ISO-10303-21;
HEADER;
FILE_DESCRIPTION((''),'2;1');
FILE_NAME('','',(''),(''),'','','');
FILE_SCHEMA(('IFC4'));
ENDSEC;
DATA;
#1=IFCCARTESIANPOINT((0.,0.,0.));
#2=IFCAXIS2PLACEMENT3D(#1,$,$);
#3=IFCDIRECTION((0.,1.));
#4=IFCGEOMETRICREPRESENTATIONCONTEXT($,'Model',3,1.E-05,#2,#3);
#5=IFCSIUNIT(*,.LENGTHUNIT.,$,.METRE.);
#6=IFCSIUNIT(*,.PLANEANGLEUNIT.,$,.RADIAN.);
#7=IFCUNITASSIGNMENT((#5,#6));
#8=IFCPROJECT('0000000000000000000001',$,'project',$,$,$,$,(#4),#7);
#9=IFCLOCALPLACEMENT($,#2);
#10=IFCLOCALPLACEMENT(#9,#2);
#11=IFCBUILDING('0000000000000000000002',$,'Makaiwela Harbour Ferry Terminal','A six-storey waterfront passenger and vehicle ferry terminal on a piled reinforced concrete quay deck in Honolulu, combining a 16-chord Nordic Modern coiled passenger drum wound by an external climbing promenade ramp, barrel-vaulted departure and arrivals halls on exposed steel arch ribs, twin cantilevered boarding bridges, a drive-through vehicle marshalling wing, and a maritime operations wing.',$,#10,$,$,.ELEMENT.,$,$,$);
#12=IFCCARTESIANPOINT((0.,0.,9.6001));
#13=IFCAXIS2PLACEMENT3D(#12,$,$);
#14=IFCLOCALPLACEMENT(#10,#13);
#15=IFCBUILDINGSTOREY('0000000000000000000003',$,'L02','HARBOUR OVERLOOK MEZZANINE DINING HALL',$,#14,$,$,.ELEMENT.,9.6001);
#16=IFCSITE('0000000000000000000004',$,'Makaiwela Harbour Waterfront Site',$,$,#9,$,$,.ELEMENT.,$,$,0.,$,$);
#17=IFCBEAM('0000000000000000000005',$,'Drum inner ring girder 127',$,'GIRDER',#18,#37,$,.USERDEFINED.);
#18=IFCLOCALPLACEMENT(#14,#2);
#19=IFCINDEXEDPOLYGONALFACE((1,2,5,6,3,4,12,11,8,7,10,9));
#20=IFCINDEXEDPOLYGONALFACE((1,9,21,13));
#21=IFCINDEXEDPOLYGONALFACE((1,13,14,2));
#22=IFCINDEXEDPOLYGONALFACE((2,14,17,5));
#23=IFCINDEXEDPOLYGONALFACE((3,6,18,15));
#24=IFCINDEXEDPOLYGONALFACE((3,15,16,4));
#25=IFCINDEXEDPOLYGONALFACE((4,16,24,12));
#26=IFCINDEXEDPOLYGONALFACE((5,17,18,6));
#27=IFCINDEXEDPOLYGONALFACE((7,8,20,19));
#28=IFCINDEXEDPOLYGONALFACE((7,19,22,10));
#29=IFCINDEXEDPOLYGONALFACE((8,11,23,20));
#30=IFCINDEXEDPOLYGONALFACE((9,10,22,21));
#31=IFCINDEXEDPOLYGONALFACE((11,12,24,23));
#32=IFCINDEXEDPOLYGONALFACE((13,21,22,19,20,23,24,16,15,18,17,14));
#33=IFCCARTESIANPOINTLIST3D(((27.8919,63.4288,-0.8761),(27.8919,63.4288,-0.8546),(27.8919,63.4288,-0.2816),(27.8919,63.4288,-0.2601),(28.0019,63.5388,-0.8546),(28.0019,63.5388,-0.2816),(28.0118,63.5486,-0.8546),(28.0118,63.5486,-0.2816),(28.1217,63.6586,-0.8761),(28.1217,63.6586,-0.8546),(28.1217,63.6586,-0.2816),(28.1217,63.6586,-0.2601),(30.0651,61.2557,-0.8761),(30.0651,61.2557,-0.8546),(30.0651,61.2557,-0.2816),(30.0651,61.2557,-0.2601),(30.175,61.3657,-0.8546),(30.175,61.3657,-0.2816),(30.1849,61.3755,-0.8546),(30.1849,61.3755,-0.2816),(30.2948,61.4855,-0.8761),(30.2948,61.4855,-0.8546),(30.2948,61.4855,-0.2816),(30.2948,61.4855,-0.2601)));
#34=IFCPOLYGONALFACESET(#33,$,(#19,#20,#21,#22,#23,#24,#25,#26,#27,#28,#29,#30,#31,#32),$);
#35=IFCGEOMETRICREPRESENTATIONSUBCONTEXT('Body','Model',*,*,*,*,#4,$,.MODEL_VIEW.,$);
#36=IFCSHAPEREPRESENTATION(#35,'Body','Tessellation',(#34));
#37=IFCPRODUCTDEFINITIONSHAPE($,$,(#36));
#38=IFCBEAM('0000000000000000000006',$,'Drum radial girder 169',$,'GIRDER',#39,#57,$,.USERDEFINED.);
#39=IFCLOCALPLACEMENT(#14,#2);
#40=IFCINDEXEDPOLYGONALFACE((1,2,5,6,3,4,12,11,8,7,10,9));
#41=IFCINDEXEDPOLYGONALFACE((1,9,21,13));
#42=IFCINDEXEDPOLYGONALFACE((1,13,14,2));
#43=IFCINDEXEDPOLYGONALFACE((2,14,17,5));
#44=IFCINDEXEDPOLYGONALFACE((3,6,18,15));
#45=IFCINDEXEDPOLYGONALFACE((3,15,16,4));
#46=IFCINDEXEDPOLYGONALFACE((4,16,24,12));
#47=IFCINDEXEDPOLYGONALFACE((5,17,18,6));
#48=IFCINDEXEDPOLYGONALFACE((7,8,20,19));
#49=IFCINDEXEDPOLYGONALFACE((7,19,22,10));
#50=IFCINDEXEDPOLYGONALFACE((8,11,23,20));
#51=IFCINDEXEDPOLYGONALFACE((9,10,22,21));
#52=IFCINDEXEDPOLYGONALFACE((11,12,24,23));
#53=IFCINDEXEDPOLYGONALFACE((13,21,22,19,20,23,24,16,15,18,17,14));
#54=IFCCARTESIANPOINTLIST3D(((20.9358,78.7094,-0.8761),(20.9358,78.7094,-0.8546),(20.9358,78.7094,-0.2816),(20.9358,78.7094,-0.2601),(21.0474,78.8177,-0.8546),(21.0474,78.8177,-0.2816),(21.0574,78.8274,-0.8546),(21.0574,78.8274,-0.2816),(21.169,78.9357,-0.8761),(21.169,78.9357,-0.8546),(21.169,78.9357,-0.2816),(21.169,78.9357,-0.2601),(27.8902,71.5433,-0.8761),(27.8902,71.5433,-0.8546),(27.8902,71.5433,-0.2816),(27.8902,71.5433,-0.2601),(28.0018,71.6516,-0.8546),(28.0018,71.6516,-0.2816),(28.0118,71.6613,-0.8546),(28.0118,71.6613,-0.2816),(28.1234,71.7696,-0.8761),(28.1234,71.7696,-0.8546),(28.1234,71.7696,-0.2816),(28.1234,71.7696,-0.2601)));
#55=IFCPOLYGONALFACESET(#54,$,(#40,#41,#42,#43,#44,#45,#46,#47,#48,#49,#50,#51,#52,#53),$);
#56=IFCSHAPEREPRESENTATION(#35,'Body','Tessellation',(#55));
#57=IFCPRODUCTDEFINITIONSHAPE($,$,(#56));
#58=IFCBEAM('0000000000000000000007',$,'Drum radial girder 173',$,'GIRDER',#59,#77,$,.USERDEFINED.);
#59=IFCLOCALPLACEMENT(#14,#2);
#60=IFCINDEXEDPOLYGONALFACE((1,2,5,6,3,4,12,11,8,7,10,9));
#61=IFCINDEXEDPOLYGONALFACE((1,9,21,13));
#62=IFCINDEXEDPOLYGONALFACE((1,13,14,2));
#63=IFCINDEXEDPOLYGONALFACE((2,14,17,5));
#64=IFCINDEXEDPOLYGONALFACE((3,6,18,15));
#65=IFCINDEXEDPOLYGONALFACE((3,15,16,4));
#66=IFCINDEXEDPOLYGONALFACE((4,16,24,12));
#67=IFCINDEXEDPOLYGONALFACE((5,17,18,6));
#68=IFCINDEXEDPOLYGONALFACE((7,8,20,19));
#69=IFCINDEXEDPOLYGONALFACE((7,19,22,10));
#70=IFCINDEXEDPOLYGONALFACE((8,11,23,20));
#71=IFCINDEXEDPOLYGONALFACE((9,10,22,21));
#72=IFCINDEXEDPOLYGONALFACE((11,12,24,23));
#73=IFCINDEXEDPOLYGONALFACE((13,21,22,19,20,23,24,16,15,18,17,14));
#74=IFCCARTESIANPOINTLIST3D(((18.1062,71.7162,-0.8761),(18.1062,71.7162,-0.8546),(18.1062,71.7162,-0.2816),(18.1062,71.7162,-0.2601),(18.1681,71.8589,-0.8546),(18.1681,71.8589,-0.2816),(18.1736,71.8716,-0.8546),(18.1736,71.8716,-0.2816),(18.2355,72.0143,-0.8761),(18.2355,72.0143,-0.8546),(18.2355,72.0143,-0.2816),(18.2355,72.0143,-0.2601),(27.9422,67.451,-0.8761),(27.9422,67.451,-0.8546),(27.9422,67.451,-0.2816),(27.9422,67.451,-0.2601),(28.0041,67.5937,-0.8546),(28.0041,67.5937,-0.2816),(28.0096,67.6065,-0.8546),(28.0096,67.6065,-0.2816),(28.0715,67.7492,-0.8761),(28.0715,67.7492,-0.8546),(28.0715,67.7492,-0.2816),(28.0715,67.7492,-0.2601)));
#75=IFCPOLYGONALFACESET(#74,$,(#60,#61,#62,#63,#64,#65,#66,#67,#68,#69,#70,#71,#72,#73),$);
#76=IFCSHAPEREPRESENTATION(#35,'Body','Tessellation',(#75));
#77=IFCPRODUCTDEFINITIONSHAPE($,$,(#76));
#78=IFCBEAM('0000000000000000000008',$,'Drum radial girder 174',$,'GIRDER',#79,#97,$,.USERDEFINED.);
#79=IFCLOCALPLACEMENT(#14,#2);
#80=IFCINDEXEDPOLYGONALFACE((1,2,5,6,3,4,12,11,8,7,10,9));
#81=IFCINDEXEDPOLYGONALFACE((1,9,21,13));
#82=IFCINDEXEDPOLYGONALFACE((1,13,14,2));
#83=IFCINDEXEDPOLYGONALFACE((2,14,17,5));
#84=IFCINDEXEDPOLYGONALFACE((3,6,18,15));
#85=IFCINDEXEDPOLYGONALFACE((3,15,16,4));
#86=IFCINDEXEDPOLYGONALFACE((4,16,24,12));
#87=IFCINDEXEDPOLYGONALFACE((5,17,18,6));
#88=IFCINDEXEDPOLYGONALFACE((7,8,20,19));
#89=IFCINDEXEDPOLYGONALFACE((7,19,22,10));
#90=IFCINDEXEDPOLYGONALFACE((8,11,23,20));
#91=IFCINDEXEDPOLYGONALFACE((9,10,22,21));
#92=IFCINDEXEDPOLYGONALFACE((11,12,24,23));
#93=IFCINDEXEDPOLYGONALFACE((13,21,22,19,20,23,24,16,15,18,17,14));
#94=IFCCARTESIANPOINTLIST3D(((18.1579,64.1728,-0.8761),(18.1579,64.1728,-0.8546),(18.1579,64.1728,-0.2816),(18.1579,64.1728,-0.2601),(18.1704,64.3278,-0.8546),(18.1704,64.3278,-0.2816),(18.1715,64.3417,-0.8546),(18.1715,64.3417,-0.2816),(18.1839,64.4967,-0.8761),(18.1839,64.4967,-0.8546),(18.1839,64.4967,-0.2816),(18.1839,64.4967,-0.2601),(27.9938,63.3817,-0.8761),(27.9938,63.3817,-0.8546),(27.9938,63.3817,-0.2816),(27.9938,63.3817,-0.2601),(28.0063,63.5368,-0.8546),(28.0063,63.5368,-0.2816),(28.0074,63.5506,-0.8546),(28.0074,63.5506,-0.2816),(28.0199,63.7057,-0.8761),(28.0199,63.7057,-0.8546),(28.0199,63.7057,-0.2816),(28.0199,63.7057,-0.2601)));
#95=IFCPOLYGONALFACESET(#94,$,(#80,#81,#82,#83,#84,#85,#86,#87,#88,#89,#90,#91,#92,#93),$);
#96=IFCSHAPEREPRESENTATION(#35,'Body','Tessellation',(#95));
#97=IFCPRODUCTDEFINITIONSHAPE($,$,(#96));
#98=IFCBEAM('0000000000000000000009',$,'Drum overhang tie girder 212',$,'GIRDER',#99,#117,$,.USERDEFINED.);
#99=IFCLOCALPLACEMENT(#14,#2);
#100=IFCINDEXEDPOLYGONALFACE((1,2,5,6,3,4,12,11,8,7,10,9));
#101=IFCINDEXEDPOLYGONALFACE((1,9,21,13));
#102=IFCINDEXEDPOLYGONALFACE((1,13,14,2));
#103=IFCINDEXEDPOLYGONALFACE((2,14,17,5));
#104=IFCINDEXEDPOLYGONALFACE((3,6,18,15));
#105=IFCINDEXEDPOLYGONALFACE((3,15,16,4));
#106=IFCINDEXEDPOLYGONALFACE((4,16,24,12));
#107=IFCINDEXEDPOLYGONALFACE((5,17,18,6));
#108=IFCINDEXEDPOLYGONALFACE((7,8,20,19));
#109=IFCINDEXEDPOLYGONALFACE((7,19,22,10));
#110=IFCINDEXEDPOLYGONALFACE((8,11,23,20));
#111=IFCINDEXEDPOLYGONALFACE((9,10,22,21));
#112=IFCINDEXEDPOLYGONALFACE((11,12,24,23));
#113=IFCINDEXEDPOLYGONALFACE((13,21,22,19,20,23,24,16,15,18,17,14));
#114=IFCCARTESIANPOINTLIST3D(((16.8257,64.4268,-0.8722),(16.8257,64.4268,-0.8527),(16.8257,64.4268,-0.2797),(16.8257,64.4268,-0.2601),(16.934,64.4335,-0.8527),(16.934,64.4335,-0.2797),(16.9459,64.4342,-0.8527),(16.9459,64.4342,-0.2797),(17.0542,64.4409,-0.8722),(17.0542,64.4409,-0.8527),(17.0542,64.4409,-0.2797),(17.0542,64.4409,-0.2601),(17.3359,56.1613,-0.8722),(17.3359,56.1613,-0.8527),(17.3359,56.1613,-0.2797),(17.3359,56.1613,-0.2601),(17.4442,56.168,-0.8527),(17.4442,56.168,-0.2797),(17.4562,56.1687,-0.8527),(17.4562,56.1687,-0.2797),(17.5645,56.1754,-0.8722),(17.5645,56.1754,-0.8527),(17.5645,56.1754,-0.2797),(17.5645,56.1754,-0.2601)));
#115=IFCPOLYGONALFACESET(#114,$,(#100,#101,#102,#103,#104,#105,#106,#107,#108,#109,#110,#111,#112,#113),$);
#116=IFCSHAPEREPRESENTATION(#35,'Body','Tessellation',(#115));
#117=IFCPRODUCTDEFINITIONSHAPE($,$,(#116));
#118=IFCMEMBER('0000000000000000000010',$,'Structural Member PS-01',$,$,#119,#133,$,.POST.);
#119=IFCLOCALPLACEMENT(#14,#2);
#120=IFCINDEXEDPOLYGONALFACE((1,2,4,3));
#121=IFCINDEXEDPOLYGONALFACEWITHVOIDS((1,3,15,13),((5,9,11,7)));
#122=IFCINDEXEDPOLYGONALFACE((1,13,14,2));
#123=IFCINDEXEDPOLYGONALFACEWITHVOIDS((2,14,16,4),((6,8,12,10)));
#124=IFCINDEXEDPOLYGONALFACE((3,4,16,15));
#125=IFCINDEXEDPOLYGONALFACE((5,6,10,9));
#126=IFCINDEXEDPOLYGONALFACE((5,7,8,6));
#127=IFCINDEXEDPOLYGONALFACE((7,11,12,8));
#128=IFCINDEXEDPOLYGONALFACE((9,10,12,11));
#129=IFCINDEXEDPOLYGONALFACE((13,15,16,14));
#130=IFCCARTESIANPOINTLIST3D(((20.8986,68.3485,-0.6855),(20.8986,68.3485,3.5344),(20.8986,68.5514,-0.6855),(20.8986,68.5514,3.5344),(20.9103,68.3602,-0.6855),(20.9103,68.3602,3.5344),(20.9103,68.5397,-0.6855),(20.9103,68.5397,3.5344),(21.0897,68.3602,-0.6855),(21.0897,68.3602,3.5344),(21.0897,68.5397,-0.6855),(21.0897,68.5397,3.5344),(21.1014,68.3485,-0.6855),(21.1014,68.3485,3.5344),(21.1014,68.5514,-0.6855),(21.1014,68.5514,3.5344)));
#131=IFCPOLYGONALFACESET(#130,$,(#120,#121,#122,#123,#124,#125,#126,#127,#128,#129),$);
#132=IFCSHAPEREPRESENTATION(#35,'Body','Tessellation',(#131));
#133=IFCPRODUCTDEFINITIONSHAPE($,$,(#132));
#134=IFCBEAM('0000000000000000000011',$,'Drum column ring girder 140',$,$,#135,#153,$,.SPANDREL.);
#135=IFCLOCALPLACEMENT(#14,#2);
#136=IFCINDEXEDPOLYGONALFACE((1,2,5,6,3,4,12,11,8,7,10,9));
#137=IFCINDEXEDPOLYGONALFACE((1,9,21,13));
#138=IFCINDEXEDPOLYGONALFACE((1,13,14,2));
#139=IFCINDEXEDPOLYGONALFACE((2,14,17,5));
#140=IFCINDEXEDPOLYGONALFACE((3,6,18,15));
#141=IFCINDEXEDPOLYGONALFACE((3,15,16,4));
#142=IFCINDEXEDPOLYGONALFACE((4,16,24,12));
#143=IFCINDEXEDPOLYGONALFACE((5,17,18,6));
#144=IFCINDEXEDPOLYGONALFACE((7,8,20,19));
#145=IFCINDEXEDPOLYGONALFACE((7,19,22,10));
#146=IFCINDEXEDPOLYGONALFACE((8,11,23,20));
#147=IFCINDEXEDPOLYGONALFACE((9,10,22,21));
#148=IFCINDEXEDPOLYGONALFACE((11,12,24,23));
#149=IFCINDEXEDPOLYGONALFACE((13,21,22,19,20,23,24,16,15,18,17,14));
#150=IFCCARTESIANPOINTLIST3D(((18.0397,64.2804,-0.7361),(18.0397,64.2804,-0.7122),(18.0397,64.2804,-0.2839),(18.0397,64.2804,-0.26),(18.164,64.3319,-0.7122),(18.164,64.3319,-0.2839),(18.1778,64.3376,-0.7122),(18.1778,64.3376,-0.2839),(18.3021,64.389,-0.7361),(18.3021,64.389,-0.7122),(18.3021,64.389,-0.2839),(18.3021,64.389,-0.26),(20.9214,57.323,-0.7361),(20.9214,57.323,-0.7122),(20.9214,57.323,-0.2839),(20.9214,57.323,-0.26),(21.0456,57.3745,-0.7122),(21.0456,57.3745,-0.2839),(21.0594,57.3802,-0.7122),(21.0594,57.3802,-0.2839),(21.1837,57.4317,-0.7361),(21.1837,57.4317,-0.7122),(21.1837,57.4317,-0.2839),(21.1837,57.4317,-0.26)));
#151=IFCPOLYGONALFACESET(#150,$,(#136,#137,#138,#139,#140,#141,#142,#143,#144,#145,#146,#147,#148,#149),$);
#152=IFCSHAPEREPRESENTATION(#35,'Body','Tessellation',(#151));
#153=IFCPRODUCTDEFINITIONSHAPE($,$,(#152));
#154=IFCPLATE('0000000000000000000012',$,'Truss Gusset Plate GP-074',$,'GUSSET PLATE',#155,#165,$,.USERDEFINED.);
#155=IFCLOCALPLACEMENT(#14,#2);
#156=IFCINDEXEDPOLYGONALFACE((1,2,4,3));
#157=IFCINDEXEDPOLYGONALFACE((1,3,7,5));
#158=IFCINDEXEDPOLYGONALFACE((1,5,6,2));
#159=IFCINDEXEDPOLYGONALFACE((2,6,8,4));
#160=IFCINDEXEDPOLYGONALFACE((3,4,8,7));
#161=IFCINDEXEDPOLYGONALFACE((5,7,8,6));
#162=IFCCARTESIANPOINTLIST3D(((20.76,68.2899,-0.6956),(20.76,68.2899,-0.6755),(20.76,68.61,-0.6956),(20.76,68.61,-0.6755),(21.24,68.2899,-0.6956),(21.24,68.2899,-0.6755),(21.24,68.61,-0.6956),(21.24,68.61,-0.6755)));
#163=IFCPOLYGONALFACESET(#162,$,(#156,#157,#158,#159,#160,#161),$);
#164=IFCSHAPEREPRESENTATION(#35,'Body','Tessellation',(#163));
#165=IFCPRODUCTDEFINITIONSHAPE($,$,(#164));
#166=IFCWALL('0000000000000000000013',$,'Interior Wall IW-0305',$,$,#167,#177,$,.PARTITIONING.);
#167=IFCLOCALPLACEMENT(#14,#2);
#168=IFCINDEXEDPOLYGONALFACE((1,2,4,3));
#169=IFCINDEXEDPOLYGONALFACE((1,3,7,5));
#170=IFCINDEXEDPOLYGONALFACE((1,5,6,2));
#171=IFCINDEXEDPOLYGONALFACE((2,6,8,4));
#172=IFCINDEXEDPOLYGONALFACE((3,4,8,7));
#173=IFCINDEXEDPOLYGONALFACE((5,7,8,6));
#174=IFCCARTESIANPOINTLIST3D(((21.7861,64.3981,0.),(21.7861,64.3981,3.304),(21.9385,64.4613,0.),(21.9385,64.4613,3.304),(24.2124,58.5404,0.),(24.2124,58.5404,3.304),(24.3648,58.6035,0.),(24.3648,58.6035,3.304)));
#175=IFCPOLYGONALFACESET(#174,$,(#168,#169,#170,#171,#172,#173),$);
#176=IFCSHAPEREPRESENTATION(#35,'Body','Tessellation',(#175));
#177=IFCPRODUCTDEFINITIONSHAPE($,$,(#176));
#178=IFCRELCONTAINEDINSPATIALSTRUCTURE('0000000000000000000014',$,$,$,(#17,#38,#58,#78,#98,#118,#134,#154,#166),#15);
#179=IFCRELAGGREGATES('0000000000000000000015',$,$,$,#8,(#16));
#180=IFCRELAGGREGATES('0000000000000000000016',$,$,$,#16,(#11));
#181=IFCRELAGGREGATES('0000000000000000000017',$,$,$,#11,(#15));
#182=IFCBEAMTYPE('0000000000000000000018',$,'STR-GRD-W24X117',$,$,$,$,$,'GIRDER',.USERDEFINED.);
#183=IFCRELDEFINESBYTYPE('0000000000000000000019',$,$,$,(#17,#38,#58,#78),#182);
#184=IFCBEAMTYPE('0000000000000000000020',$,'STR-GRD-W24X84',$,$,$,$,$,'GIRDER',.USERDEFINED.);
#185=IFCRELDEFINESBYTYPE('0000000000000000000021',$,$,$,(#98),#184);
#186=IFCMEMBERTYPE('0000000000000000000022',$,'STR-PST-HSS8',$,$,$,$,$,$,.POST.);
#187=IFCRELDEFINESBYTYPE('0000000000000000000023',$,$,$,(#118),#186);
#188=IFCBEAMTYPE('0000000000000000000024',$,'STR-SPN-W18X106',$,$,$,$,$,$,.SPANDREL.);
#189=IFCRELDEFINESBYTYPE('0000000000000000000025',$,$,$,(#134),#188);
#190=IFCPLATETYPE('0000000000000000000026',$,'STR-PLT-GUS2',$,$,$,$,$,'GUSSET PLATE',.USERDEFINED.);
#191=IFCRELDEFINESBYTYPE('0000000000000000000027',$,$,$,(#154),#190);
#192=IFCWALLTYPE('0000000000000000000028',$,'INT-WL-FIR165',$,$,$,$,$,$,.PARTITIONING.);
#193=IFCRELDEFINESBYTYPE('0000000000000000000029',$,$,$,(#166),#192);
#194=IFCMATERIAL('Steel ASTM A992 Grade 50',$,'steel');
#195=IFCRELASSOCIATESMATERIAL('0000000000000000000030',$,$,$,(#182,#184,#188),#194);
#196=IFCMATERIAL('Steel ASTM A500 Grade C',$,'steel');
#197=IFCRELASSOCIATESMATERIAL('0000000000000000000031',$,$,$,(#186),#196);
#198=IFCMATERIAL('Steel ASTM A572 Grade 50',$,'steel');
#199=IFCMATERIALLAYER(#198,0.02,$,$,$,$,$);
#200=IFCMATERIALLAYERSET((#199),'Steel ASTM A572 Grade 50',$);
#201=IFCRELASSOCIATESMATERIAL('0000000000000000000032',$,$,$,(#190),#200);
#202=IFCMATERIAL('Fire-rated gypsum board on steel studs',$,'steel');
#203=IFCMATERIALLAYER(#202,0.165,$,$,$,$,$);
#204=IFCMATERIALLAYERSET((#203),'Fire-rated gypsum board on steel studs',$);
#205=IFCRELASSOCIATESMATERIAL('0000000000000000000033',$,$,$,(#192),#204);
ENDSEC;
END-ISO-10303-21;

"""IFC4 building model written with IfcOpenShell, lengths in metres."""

from ifc_helpers import new_model, si_unit, direction, frame, frame_2d, origin, origin_2d, place, context, subcontext, project, spatial, rectangle, hollow_rectangle, i_section, extrude, material, layer, layer_set, material_profile, profile_set, type_object, element, save


model = new_model("IFC4")

# Units and contexts
model_context = context("Model", 3, precision=1e-05, world=origin(), true_north=direction((0.0, 1.0)))
body_context = subcontext(model_context, "Body", "Model", "MODEL_VIEW")
ifc_project = project(units=[si_unit("LENGTHUNIT", "METRE"), si_unit("PLANEANGLEUNIT", "RADIAN")], contexts=[model_context])

# Site, building, storey
site_placement = place(None, origin())
site = spatial("IfcSite", under=ifc_project, at=site_placement, Name="Makaiwela Harbour Waterfront Site", CompositionType="ELEMENT", RefElevation=0.0)
building_placement = place(site_placement, origin())
building = spatial("IfcBuilding", under=site, at=building_placement, Name="Makaiwela Harbour Ferry Terminal", Description="A six-storey waterfront passenger and vehicle ferry terminal on a piled reinforced concrete quay deck in Honolulu, combining a 16-chord Nordic Modern coiled passenger drum wound by an external climbing promenade ramp, barrel-vaulted departure and arrivals halls on exposed steel arch ribs, twin cantilevered boarding bridges, a drive-through vehicle marshalling wing, and a maritime operations wing.", CompositionType="ELEMENT")
storey_placement = place(building_placement, frame((0.0, 0.0, 9.6001)))
storey = spatial("IfcBuildingStorey", under=building, at=storey_placement, Name="L02", Description="HARBOUR OVERLOOK MEZZANINE DINING HALL", CompositionType="ELEMENT", Elevation=9.6001)

# Shared definitions
ifc_material_1 = material(Name="Steel ASTM A992 Grade 50", Category="steel")

# Shared definitions
ifc_material_2 = material(Name="Steel ASTM A500 Grade C", Category="steel")

# Beams
ifc_material_profile_1 = material_profile(ifc_material_1, i_section(OverallWidth=0.325, OverallDepth=0.616, WebThickness=0.0139, FlangeThickness=0.0215, at=origin_2d()), Name="W24X117")
ifc_profile_set_1 = profile_set([ifc_material_profile_1], Name="Steel ASTM A992 Grade 50")
beam_type_1 = type_object("IfcBeamType", Name="STR-GRD-W24X117", ElementType="GIRDER", PredefinedType="USERDEFINED", material=ifc_profile_set_1)
beam_1_placement = place(storey_placement, frame((28.0068, 63.5437, -0.5681), z_axis=(0.707107, -0.707107, 0.0), x_axis=(0.707107, 0.707107, 0.0)))
element("IfcBeam", 1, at=beam_1_placement, inside=storey, type_object=beam_type_1, Name="Drum inner ring girder 127", ObjectType="GIRDER", PredefinedType="USERDEFINED", context=body_context, shape_type="SweptSolid", body=[
    extrude(i_section(OverallWidth=0.325, OverallDepth=0.616, WebThickness=0.0139, FlangeThickness=0.0215, at=origin_2d()), origin(), (0.0, 0.0, 1.0), 3.0732),
])
beam_2_placement = place(storey_placement, frame((28.0068, 71.6565, -0.5681), z_axis=(-0.696429, 0.717626, 0.0), x_axis=(-0.717626, -0.696429, 0.0)))
element("IfcBeam", 2, at=beam_2_placement, inside=storey, type_object=beam_type_1, Name="Drum radial girder 169", ObjectType="GIRDER", PredefinedType="USERDEFINED", context=body_context, shape_type="SweptSolid", body=[
    extrude(i_section(OverallWidth=0.325, OverallDepth=0.616, WebThickness=0.0139, FlangeThickness=0.0215, at=origin_2d()), origin(), (0.0, 0.0, 1.0), 9.9858),
])
beam_3_placement = place(storey_placement, frame((28.0068, 67.6001, -0.5681), z_axis=(-0.917457, 0.397835, 0.0), x_axis=(-0.397835, -0.917457, 0.0)))
element("IfcBeam", 3, at=beam_3_placement, inside=storey, type_object=beam_type_1, Name="Drum radial girder 173", ObjectType="GIRDER", PredefinedType="USERDEFINED", context=body_context, shape_type="SweptSolid", body=[
    extrude(i_section(OverallWidth=0.325, OverallDepth=0.616, WebThickness=0.0139, FlangeThickness=0.0215, at=origin_2d()), origin(), (0.0, 0.0, 1.0), 10.7209),
])
beam_4_placement = place(storey_placement, frame((28.0068, 63.5437, -0.5681), z_axis=(-0.996782, 0.080162, 0.0), x_axis=(-0.080162, -0.996782, 0.0)))
element("IfcBeam", 4, at=beam_4_placement, inside=storey, type_object=beam_type_1, Name="Drum radial girder 174", ObjectType="GIRDER", PredefinedType="USERDEFINED", context=body_context, shape_type="SweptSolid", body=[
    extrude(i_section(OverallWidth=0.325, OverallDepth=0.616, WebThickness=0.0139, FlangeThickness=0.0215, at=origin_2d()), origin(), (0.0, 0.0, 1.0), 9.8677),
])
ifc_material_profile_2 = material_profile(ifc_material_1, i_section(OverallWidth=0.229, OverallDepth=0.6121, WebThickness=0.012, FlangeThickness=0.0195, at=origin_2d()), Name="W24X84")
ifc_profile_set_2 = profile_set([ifc_material_profile_2], Name="Steel ASTM A992 Grade 50")
beam_type_2 = type_object("IfcBeamType", Name="STR-GRD-W24X84", ElementType="GIRDER", PredefinedType="USERDEFINED", material=ifc_profile_set_2)
beam_5_placement = place(storey_placement, frame((16.9399, 64.4338, -0.5662), z_axis=(0.061615, -0.9981, 0.0), x_axis=(0.9981, 0.061615, 0.0)))
element("IfcBeam", 5, at=beam_5_placement, inside=storey, type_object=beam_type_2, Name="Drum overhang tie girder 212", ObjectType="GIRDER", PredefinedType="USERDEFINED", context=body_context, shape_type="SweptSolid", body=[
    extrude(i_section(OverallWidth=0.229, OverallDepth=0.6121, WebThickness=0.012, FlangeThickness=0.0195, at=origin_2d()), origin(), (0.0, 0.0, 1.0), 8.2812),
])

# Member
ifc_material_profile_3 = material_profile(ifc_material_2, hollow_rectangle(XDim=0.2029, YDim=0.2029, WallThickness=0.0117, at=origin_2d()), Name="HSS8X8X1/2")
ifc_profile_set_3 = profile_set([ifc_material_profile_3], Name="Steel ASTM A500 Grade C")
member_type_1 = type_object("IfcMemberType", Name="STR-PST-HSS8", PredefinedType="POST", material=ifc_profile_set_3)
member_1_placement = place(storey_placement, frame((21.0, 68.45, -0.6855), z_axis=(0.0, 0.0, 1.0), x_axis=(1.0, 0.0, 0.0)))
element("IfcMember", 6, at=member_1_placement, inside=storey, type_object=member_type_1, Name="Structural Member PS-01", PredefinedType="POST", context=body_context, shape_type="SweptSolid", body=[
    extrude(hollow_rectangle(XDim=0.2029, YDim=0.2029, WallThickness=0.0117, at=origin_2d()), origin(), (0.0, 0.0, 1.0), 4.22),
])

# Beam
ifc_material_profile_4 = material_profile(ifc_material_1, i_section(OverallWidth=0.2839, OverallDepth=0.4761, WebThickness=0.0149, FlangeThickness=0.0239, at=origin_2d()), Name="W18X106")
ifc_profile_set_4 = profile_set([ifc_material_profile_4], Name="Steel ASTM A992 Grade 50")
beam_type_3 = type_object("IfcBeamType", Name="STR-SPN-W18X106", PredefinedType="SPANDREL", material=ifc_profile_set_4)
beam_6_placement = place(storey_placement, frame((18.1709, 64.3347, -0.498), z_axis=(0.38266, -0.923889, 0.0), x_axis=(0.923889, 0.38266, 0.0)))
element("IfcBeam", 7, at=beam_6_placement, inside=storey, type_object=beam_type_3, Name="Drum column ring girder 140", PredefinedType="SPANDREL", context=body_context, shape_type="SweptSolid", body=[
    extrude(i_section(OverallWidth=0.2839, OverallDepth=0.4761, WebThickness=0.0149, FlangeThickness=0.0239, at=origin_2d()), origin(), (0.0, 0.0, 1.0), 7.5305),
])

# Plate
ifc_material_3 = material(Name="Steel ASTM A572 Grade 50", Category="steel")
ifc_layer_1 = layer(ifc_material_3, 0.02)
ifc_layer_set_1 = layer_set([ifc_layer_1], Name="Steel ASTM A572 Grade 50")
plate_type = type_object("IfcPlateType", Name="STR-PLT-GUS2", ElementType="GUSSET PLATE", PredefinedType="USERDEFINED", material=ifc_layer_set_1)
plate_placement = place(storey_placement, frame((21.0, 68.45, -0.6956), z_axis=(0.0, 0.0, 1.0), x_axis=(1.0, 0.0, 0.0)))
element("IfcPlate", 8, at=plate_placement, inside=storey, type_object=plate_type, Name="Truss Gusset Plate GP-074", ObjectType="GUSSET PLATE", PredefinedType="USERDEFINED", context=body_context, shape_type="SweptSolid", body=[
    extrude(rectangle(XDim=0.48, YDim=0.3201, at=origin_2d()), origin(), (0.0, 0.0, 1.0), 0.02),
])

# Wall
ifc_material_4 = material(Name="Fire-rated gypsum board on steel studs", Category="steel")
ifc_layer_2 = layer(ifc_material_4, 0.165)
ifc_layer_set_2 = layer_set([ifc_layer_2], Name="Fire-rated gypsum board on steel studs")
wall_type_1 = type_object("IfcWallType", Name="INT-WL-FIR165", PredefinedType="PARTITIONING", material=ifc_layer_set_2)
wall_1_placement = place(storey_placement, frame((21.8623, 64.4297, 0.0), z_axis=(0.0, 0.0, 1.0), x_axis=(0.382676, -0.923883, 0.0)))
element("IfcWall", 9, at=wall_1_placement, inside=storey, type_object=wall_type_1, Name="Interior Wall IW-0305", PredefinedType="PARTITIONING", context=body_context, shape_type="SweptSolid", body=[
    extrude(rectangle(XDim=6.3403, YDim=0.165, at=frame_2d((3.1702, 0.0))), origin(), (0.0, 0.0, 1.0), 3.304),
])

save(model, "model.ifc")
